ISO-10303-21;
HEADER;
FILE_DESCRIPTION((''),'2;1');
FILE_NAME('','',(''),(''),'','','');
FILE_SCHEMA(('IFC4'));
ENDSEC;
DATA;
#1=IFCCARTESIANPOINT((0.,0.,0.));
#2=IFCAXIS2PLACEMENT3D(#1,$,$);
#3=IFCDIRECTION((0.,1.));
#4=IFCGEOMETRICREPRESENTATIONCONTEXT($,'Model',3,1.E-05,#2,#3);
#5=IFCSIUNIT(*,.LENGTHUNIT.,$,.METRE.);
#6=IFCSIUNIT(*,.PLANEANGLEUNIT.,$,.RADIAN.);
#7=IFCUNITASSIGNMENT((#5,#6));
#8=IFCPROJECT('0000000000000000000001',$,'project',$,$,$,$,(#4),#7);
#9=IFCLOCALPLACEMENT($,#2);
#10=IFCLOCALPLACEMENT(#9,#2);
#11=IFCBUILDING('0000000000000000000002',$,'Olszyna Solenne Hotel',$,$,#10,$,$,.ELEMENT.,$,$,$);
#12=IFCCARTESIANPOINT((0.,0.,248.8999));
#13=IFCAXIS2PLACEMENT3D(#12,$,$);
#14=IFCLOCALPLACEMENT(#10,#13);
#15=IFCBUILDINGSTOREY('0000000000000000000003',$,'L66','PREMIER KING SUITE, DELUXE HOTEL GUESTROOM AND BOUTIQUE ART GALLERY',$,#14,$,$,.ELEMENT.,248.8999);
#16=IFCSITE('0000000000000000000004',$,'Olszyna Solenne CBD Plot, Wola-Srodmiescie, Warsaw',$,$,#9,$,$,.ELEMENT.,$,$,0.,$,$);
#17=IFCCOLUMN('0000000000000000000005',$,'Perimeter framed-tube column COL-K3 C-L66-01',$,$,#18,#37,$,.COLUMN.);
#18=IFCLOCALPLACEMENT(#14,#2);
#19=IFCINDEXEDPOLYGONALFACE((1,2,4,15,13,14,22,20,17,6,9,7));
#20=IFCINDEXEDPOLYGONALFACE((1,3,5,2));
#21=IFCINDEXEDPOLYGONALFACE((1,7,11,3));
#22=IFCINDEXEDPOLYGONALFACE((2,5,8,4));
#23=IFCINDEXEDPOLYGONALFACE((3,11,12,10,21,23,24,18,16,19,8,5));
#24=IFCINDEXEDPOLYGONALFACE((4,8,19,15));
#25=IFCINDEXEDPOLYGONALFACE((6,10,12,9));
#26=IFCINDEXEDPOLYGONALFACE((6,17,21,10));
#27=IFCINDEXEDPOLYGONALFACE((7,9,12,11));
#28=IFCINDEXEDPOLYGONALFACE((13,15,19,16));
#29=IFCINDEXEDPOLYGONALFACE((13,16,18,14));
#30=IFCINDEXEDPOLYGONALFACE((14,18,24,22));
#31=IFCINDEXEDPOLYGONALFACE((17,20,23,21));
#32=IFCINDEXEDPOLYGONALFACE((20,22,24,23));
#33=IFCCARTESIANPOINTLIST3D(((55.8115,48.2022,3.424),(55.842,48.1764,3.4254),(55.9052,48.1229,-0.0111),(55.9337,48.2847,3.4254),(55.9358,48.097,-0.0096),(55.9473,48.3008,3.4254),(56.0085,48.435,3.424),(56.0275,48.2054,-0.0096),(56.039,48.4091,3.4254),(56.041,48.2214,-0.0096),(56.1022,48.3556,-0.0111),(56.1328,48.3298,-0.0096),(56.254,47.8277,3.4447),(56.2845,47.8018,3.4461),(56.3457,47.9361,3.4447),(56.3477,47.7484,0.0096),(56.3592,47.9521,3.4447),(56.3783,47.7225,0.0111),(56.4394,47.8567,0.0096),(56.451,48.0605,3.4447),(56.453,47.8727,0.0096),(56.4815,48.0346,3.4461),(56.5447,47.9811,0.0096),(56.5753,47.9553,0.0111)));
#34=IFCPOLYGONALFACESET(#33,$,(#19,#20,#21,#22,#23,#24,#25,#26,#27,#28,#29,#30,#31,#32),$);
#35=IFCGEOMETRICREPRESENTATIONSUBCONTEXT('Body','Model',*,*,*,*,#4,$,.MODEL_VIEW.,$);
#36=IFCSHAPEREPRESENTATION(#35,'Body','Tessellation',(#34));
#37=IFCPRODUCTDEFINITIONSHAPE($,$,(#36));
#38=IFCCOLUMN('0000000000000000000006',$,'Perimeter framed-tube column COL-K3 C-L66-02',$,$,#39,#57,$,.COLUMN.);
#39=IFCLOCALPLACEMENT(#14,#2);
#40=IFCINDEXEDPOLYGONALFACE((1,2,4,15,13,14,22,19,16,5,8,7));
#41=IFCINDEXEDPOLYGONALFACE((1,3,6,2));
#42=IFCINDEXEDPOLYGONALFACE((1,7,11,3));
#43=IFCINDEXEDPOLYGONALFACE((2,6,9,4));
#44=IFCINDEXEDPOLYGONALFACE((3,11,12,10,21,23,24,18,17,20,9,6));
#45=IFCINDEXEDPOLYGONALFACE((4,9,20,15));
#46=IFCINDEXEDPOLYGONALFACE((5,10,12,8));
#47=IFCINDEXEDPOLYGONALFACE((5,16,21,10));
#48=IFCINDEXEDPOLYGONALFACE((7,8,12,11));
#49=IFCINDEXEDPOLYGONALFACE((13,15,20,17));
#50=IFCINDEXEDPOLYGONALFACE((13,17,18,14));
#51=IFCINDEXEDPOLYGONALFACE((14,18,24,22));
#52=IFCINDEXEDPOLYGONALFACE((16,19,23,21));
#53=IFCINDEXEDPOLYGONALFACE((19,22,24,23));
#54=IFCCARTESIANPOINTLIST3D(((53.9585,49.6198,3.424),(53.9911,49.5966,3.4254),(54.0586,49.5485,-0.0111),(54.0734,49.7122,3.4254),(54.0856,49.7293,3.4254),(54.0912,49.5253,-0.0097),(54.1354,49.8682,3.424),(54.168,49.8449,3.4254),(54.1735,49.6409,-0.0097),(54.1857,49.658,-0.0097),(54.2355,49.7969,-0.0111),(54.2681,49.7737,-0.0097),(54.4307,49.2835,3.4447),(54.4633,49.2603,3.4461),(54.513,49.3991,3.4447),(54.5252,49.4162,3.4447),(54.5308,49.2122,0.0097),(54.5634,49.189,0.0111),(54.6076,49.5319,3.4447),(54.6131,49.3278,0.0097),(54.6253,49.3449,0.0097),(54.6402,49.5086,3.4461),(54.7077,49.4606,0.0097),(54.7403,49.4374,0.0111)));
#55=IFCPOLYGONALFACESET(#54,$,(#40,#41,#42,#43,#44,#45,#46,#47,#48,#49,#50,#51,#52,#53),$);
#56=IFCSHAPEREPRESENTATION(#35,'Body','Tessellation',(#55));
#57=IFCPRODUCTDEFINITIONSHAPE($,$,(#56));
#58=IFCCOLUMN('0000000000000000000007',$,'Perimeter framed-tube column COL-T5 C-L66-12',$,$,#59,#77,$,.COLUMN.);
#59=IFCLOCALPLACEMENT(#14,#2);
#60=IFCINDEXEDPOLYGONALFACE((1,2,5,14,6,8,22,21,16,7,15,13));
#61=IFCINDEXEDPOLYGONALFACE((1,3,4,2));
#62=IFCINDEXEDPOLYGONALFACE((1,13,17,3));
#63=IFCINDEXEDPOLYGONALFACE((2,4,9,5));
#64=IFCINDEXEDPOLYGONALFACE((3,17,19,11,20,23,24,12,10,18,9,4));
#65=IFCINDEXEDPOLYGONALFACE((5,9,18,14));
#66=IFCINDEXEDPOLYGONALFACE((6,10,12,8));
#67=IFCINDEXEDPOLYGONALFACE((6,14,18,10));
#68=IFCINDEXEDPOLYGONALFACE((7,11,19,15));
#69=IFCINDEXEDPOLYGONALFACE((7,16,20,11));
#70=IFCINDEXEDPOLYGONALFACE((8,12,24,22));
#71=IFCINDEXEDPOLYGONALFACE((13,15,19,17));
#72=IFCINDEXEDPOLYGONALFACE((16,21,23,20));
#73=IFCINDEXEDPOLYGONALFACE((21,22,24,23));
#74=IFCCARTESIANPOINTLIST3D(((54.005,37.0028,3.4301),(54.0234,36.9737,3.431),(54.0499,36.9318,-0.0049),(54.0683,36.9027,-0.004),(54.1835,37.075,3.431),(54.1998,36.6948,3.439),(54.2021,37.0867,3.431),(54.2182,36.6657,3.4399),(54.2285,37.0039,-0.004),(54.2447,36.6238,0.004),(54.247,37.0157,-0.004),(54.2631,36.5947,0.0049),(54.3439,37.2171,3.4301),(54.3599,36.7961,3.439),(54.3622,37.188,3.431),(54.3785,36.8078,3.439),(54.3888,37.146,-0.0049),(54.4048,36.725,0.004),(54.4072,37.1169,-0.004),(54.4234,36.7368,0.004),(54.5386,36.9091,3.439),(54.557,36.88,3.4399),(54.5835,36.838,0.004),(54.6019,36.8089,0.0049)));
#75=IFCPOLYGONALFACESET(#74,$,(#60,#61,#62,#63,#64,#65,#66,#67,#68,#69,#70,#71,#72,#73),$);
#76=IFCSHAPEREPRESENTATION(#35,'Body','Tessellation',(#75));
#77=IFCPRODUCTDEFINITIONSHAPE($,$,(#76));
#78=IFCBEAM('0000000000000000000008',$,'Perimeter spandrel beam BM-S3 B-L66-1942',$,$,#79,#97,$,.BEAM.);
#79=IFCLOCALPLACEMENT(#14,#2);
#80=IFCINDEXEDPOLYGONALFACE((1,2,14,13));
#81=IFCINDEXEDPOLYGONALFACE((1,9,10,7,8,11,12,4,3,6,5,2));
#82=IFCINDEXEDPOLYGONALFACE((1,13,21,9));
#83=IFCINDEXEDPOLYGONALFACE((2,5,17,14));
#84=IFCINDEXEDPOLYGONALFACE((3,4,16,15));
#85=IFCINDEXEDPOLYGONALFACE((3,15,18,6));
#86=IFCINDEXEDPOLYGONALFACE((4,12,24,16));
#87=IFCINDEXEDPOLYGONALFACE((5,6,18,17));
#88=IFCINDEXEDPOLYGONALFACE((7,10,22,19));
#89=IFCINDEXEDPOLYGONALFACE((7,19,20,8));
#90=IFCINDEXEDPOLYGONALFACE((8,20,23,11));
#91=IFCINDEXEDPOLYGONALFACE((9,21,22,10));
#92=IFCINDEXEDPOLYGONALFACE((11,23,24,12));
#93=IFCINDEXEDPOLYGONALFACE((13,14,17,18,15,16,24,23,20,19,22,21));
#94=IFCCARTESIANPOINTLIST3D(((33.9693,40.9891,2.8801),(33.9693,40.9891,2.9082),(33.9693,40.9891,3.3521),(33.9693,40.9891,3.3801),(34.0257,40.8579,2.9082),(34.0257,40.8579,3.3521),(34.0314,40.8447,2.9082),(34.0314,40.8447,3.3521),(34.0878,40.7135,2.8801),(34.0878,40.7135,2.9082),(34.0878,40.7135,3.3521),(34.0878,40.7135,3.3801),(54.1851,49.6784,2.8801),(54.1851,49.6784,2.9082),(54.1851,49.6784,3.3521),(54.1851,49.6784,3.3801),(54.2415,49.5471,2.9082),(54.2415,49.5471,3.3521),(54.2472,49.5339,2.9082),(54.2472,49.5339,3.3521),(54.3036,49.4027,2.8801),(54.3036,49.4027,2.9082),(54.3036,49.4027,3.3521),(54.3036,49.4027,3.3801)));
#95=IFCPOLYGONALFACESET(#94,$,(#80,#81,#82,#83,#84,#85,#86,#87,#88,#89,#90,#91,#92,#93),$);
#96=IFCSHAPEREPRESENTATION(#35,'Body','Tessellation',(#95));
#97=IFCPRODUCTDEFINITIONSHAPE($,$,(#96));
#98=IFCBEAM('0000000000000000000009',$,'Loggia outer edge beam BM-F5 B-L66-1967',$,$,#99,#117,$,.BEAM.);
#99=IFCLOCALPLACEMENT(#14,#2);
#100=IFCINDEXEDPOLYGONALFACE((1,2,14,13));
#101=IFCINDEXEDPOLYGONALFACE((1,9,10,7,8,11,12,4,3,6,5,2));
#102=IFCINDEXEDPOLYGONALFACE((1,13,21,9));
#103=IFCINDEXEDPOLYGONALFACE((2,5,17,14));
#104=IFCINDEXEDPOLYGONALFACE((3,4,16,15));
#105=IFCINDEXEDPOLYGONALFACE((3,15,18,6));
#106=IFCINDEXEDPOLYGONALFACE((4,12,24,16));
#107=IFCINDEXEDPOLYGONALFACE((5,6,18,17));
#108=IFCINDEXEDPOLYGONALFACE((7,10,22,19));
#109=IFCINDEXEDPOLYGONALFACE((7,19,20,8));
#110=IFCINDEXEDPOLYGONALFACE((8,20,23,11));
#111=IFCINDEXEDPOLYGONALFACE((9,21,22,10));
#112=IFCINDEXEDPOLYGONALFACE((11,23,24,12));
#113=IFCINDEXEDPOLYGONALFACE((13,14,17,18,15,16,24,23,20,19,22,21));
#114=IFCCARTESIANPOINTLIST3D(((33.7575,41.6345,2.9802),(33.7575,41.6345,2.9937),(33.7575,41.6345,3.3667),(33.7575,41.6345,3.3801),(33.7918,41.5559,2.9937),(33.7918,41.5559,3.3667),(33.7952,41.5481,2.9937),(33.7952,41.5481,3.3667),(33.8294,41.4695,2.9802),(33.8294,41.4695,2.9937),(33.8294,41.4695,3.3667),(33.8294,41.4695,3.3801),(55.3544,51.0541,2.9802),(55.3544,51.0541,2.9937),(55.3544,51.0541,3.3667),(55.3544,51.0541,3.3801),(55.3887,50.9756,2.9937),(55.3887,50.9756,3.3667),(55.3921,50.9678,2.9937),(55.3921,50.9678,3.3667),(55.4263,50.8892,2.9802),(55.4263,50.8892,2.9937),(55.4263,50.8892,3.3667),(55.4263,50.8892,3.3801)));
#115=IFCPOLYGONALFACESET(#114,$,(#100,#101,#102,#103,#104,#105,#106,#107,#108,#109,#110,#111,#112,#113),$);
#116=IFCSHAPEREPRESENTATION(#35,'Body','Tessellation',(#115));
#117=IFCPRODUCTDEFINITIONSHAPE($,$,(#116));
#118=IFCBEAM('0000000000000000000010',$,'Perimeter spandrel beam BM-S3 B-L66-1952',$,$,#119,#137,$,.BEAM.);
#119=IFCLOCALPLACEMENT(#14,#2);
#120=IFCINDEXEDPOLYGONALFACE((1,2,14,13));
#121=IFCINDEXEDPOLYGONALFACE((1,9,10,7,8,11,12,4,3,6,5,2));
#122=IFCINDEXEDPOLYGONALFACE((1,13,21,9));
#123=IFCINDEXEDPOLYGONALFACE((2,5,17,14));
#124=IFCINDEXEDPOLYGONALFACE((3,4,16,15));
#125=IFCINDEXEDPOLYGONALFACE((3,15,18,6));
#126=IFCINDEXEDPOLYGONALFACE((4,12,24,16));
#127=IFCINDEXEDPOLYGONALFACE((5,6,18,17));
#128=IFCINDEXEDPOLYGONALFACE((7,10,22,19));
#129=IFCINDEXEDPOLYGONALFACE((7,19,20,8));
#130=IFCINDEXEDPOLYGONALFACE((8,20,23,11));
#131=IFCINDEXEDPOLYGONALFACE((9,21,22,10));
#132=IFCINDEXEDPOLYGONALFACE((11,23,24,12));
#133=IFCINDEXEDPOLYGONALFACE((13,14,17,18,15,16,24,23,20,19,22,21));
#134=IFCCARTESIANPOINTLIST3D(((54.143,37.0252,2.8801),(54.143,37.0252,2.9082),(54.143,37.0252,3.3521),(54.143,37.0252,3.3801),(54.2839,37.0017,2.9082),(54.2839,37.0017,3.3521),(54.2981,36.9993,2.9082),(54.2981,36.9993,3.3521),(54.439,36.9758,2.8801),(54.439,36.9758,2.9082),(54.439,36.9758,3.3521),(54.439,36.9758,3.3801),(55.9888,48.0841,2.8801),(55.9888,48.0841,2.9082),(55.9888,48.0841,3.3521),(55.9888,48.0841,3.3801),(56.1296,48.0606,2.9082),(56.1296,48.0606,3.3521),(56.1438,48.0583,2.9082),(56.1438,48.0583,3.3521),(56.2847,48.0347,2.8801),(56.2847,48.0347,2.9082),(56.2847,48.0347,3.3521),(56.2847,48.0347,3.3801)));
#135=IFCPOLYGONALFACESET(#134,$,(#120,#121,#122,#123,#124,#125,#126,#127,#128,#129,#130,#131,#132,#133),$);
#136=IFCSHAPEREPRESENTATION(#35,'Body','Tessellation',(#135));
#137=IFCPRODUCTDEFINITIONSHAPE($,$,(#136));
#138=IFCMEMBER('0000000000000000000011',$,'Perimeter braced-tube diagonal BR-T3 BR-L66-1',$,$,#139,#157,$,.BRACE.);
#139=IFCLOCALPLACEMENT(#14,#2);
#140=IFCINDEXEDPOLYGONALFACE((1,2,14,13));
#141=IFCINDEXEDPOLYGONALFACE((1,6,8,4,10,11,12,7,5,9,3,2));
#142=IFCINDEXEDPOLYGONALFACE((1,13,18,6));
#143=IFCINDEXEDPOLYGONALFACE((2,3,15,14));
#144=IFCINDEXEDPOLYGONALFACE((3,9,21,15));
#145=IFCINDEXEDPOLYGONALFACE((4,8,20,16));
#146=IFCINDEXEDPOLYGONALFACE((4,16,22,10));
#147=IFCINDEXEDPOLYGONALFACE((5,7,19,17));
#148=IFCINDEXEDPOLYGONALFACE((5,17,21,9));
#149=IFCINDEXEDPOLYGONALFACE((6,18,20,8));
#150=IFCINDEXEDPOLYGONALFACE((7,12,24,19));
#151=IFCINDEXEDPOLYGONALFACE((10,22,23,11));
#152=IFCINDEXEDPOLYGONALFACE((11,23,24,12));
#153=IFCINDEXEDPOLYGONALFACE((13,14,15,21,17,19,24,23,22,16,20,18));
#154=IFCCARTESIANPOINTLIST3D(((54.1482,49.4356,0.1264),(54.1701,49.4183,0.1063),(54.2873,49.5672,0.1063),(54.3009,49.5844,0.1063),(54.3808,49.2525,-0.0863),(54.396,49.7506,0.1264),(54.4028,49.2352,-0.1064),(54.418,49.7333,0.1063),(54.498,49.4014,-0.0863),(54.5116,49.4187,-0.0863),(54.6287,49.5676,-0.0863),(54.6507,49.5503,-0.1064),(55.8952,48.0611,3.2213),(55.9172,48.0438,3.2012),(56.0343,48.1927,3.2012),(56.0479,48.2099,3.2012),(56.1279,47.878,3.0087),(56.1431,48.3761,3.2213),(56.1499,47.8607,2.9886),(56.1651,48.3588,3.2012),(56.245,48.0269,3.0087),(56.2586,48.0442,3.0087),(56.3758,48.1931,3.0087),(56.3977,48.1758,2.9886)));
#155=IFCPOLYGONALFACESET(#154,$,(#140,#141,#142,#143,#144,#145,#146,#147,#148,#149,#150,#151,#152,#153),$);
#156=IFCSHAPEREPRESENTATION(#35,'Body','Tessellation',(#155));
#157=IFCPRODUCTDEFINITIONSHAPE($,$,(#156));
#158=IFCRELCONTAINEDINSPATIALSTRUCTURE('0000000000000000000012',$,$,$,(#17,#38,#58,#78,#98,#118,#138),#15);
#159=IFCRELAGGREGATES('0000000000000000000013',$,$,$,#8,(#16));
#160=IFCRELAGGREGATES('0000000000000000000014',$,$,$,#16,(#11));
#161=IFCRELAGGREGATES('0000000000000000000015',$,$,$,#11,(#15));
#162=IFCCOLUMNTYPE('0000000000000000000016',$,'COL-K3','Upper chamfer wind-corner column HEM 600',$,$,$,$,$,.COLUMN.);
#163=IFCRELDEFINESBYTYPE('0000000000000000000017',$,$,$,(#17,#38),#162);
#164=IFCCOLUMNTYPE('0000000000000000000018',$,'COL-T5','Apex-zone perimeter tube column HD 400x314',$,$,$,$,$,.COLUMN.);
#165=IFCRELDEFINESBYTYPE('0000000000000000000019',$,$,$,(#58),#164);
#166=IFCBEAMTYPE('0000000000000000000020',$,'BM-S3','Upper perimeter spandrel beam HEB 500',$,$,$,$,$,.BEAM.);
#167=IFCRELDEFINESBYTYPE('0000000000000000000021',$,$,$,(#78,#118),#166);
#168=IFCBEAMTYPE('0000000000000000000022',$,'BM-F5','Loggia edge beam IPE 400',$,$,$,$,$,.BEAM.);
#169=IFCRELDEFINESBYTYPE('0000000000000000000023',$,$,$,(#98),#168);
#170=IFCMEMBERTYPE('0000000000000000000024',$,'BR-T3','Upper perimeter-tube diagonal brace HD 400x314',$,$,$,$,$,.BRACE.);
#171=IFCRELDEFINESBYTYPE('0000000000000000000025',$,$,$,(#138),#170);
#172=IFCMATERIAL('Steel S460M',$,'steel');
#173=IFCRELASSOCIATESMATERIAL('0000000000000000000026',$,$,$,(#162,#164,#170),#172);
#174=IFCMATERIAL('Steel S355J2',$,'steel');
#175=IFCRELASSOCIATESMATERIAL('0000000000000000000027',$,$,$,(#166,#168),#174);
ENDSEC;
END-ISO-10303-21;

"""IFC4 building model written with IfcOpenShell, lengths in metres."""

from ifc_helpers import new_model, si_unit, direction, frame, origin, origin_2d, place, context, subcontext, project, spatial, i_section, extrude, source, transform, mapped, material, material_profile, profile_set, type_object, element, save


model = new_model("IFC4")

# Units and contexts
model_context = context("Model", 3, precision=1e-05, world=origin(), true_north=direction((0.0, 1.0)))
body_context = subcontext(model_context, "Body", "Model", "MODEL_VIEW")
ifc_project = project(units=[si_unit("LENGTHUNIT", "METRE"), si_unit("PLANEANGLEUNIT", "RADIAN")], contexts=[model_context])

# Site, building, storey
site_placement = place(None, origin())
site = spatial("IfcSite", under=ifc_project, at=site_placement, Name="Olszyna Solenne CBD Plot, Wola-Srodmiescie, Warsaw", CompositionType="ELEMENT", RefElevation=0.0)
building_placement = place(site_placement, origin())
building = spatial("IfcBuilding", under=site, at=building_placement, Name="Olszyna Solenne Hotel", CompositionType="ELEMENT")
storey_placement = place(building_placement, frame((0.0, 0.0, 248.8999)))
storey = spatial("IfcBuildingStorey", under=building, at=storey_placement, Name="L66", Description="PREMIER KING SUITE, DELUXE HOTEL GUESTROOM AND BOUTIQUE ART GALLERY", CompositionType="ELEMENT", Elevation=248.8999)

# Columns
ifc_material_1 = material(Name="Steel S460M", Category="steel")
ifc_material_profile_1 = material_profile(ifc_material_1, i_section(OverallWidth=0.3049, OverallDepth=0.6201, WebThickness=0.021, FlangeThickness=0.04, at=origin_2d()), Name="HEM 600", Category="load-bearing")
ifc_profile_set_1 = profile_set([ifc_material_profile_1], Name="Steel S460M")
column_type_1 = type_object("IfcColumnType", Name="COL-K3", Description="Upper chamfer wind-corner column HEM 600", PredefinedType="COLUMN", material=ifc_profile_set_1)
shared_shape_1 = source(origin(), body_context, "Body", "SweptSolid", [
    extrude(i_section(OverallWidth=0.3049, OverallDepth=0.6201, WebThickness=0.021, FlangeThickness=0.04, at=origin_2d()), origin(), (0.0, 0.0, 1.0), 3.4373),
])
for number, where, z_axis, x_axis, name in (
    (1, (56.2402, 48.0391, 0.0), (-0.027275, 0.023084, 0.999361), (-0.646031, -0.763311, 0.0), "Perimeter framed-tube column COL-K3 C-L66-01"),
    (2, (54.3994, 49.4929, 0.0), (-0.029121, 0.02074, 0.999361), (-0.58011, -0.814538, 0.0), "Perimeter framed-tube column COL-K3 C-L66-02"),
):
    element("IfcColumn", number, at=place(storey_placement, frame(where, z_axis=z_axis, x_axis=x_axis)), inside=storey, type_object=column_type_1, Name=name, PredefinedType="COLUMN", context=body_context, shape_type="MappedRepresentation", body=[
        mapped(shared_shape_1, transform((0.0, 0.0, 0.0), x_axis=(1.0, 0.0, 0.0), y_axis=(0.0, 1.0, 0.0), z_axis=(0.0, 0.0, 1.0), scale=1.0)),
    ])
ifc_material_profile_2 = material_profile(ifc_material_1, i_section(OverallWidth=0.4009, OverallDepth=0.3989, WebThickness=0.022, FlangeThickness=0.0344, at=origin_2d()), Name="HD 400x314", Category="load-bearing")
ifc_profile_set_2 = profile_set([ifc_material_profile_2], Name="Steel S460M")
column_type_2 = type_object("IfcColumnType", Name="COL-T5", Description="Apex-zone perimeter tube column HD 400x314", PredefinedType="COLUMN", material=ifc_profile_set_2)
shared_shape_2 = source(origin(), body_context, "Body", "SweptSolid", [
    extrude(i_section(OverallWidth=0.4009, OverallDepth=0.3989, WebThickness=0.022, FlangeThickness=0.0344, at=origin_2d()), origin(), (0.0, 0.0, 1.0), 3.436),
])
column_placement = place(storey_placement, frame((54.3259, 36.8704, 0.0), z_axis=(-0.013074, 0.020676, 0.999701), x_axis=(-0.845213, -0.53443, 0.0)))
element("IfcColumn", 3, at=column_placement, inside=storey, type_object=column_type_2, Name="Perimeter framed-tube column COL-T5 C-L66-12", PredefinedType="COLUMN", context=body_context, shape_type="MappedRepresentation", body=[
    mapped(shared_shape_2, transform((0.0, 0.0, 0.0), x_axis=(1.0, 0.0, 0.0), y_axis=(0.0, 1.0, 0.0), z_axis=(0.0, 0.0, 1.0), scale=1.0)),
])

# Beams
ifc_material_2 = material(Name="Steel S355J2", Category="steel")
ifc_material_profile_3 = material_profile(ifc_material_2, i_section(OverallWidth=0.3, OverallDepth=0.5, WebThickness=0.0144, FlangeThickness=0.0281, at=origin_2d()), Name="HEB 500", Category="load-bearing")
ifc_profile_set_3 = profile_set([ifc_material_profile_3], Name="Steel S355J2")
beam_type_1 = type_object("IfcBeamType", Name="BM-S3", Description="Upper perimeter spandrel beam HEB 500", PredefinedType="BEAM", material=ifc_profile_set_3)
shared_shape_3 = source(origin(), body_context, "Body", "SweptSolid", [
    extrude(i_section(OverallWidth=0.3, OverallDepth=0.5, WebThickness=0.0144, FlangeThickness=0.0281, at=origin_2d()), origin(), (0.0, 0.0, 1.0), 22.0042),
])
beam_1_placement = place(storey_placement, frame((54.2444, 49.5405, 3.1301), z_axis=(-0.918728, -0.39489, 0.0), x_axis=(0.39489, -0.918728, 0.0)))
element("IfcBeam", 4, at=beam_1_placement, inside=storey, type_object=beam_type_1, Name="Perimeter spandrel beam BM-S3 B-L66-1942", PredefinedType="BEAM", context=body_context, shape_type="MappedRepresentation", body=[
    mapped(shared_shape_3, transform((0.0, 0.0, 0.0), x_axis=(1.0, 0.0, 0.0), y_axis=(0.0, 1.0, 0.0), z_axis=(0.0, 0.0, 1.0), scale=1.0)),
])
ifc_material_profile_4 = material_profile(ifc_material_2, i_section(OverallWidth=0.1799, OverallDepth=0.3999, WebThickness=0.0085, FlangeThickness=0.0134, at=origin_2d()), Name="IPE 400", Category="load-bearing")
ifc_profile_set_4 = profile_set([ifc_material_profile_4], Name="Steel S355J2")
beam_type_2 = type_object("IfcBeamType", Name="BM-F5", Description="Loggia edge beam IPE 400", PredefinedType="BEAM", material=ifc_profile_set_4)
shared_shape_4 = source(origin(), body_context, "Body", "SweptSolid", [
    extrude(i_section(OverallWidth=0.1799, OverallDepth=0.3999, WebThickness=0.0085, FlangeThickness=0.0134, at=origin_2d()), origin(), (0.0, 0.0, 1.0), 23.5618),
])
beam_2_placement = place(storey_placement, frame((55.3904, 50.9717, 3.1802), z_axis=(-0.916608, -0.399786, 0.0), x_axis=(0.399786, -0.916608, 0.0)))
element("IfcBeam", 5, at=beam_2_placement, inside=storey, type_object=beam_type_2, Name="Loggia outer edge beam BM-F5 B-L66-1967", PredefinedType="BEAM", context=body_context, shape_type="MappedRepresentation", body=[
    mapped(shared_shape_4, transform((0.0, 0.0, 0.0), x_axis=(1.0, 0.0, 0.0), y_axis=(0.0, 1.0, 0.0), z_axis=(0.0, 0.0, 1.0), scale=1.0)),
])
shared_shape_5 = source(origin(), body_context, "Body", "SweptSolid", [
    extrude(i_section(OverallWidth=0.3, OverallDepth=0.5, WebThickness=0.0144, FlangeThickness=0.0281, at=origin_2d()), origin(), (0.0, 0.0, 1.0), 11.2119),
])
beam_3_placement = place(storey_placement, frame((54.291, 37.0005, 3.1301), z_axis=(0.164621, 0.986357, 0.0), x_axis=(-0.986357, 0.164621, 0.0)))
element("IfcBeam", 6, at=beam_3_placement, inside=storey, type_object=beam_type_1, Name="Perimeter spandrel beam BM-S3 B-L66-1952", PredefinedType="BEAM", context=body_context, shape_type="MappedRepresentation", body=[
    mapped(shared_shape_5, transform((0.0, 0.0, 0.0), x_axis=(1.0, 0.0, 0.0), y_axis=(0.0, 1.0, 0.0), z_axis=(0.0, 0.0, 1.0), scale=1.0)),
])

# Member
ifc_material_profile_5 = material_profile(ifc_material_1, i_section(OverallWidth=0.4009, OverallDepth=0.3989, WebThickness=0.022, FlangeThickness=0.0344, at=origin_2d()), Name="HD 400x314", Category="load-bearing")
ifc_profile_set_5 = profile_set([ifc_material_profile_5], Name="Steel S460M")
member_type = type_object("IfcMemberType", Name="BR-T3", Description="Upper perimeter-tube diagonal brace HD 400x314", PredefinedType="BRACE", material=ifc_profile_set_5)
shared_shape_6 = source(origin(), body_context, "Body", "SweptSolid", [
    extrude(i_section(OverallWidth=0.4009, OverallDepth=0.3989, WebThickness=0.022, FlangeThickness=0.0344, at=origin_2d()), origin(), (0.0, 0.0, 1.0), 3.8105),
])
member_placement = place(storey_placement, frame((54.3994, 49.4929, 0.01), z_axis=(0.458481, -0.360711, 0.812209), x_axis=(0.618326, 0.785922, 0.0)))
element("IfcMember", 7, at=member_placement, inside=storey, type_object=member_type, Name="Perimeter braced-tube diagonal BR-T3 BR-L66-1", PredefinedType="BRACE", context=body_context, shape_type="MappedRepresentation", body=[
    mapped(shared_shape_6, transform((0.0, 0.0, 0.0), x_axis=(1.0, 0.0, 0.0), y_axis=(0.0, 1.0, 0.0), z_axis=(0.0, 0.0, 1.0), scale=1.0)),
])

save(model, "model.ifc")
